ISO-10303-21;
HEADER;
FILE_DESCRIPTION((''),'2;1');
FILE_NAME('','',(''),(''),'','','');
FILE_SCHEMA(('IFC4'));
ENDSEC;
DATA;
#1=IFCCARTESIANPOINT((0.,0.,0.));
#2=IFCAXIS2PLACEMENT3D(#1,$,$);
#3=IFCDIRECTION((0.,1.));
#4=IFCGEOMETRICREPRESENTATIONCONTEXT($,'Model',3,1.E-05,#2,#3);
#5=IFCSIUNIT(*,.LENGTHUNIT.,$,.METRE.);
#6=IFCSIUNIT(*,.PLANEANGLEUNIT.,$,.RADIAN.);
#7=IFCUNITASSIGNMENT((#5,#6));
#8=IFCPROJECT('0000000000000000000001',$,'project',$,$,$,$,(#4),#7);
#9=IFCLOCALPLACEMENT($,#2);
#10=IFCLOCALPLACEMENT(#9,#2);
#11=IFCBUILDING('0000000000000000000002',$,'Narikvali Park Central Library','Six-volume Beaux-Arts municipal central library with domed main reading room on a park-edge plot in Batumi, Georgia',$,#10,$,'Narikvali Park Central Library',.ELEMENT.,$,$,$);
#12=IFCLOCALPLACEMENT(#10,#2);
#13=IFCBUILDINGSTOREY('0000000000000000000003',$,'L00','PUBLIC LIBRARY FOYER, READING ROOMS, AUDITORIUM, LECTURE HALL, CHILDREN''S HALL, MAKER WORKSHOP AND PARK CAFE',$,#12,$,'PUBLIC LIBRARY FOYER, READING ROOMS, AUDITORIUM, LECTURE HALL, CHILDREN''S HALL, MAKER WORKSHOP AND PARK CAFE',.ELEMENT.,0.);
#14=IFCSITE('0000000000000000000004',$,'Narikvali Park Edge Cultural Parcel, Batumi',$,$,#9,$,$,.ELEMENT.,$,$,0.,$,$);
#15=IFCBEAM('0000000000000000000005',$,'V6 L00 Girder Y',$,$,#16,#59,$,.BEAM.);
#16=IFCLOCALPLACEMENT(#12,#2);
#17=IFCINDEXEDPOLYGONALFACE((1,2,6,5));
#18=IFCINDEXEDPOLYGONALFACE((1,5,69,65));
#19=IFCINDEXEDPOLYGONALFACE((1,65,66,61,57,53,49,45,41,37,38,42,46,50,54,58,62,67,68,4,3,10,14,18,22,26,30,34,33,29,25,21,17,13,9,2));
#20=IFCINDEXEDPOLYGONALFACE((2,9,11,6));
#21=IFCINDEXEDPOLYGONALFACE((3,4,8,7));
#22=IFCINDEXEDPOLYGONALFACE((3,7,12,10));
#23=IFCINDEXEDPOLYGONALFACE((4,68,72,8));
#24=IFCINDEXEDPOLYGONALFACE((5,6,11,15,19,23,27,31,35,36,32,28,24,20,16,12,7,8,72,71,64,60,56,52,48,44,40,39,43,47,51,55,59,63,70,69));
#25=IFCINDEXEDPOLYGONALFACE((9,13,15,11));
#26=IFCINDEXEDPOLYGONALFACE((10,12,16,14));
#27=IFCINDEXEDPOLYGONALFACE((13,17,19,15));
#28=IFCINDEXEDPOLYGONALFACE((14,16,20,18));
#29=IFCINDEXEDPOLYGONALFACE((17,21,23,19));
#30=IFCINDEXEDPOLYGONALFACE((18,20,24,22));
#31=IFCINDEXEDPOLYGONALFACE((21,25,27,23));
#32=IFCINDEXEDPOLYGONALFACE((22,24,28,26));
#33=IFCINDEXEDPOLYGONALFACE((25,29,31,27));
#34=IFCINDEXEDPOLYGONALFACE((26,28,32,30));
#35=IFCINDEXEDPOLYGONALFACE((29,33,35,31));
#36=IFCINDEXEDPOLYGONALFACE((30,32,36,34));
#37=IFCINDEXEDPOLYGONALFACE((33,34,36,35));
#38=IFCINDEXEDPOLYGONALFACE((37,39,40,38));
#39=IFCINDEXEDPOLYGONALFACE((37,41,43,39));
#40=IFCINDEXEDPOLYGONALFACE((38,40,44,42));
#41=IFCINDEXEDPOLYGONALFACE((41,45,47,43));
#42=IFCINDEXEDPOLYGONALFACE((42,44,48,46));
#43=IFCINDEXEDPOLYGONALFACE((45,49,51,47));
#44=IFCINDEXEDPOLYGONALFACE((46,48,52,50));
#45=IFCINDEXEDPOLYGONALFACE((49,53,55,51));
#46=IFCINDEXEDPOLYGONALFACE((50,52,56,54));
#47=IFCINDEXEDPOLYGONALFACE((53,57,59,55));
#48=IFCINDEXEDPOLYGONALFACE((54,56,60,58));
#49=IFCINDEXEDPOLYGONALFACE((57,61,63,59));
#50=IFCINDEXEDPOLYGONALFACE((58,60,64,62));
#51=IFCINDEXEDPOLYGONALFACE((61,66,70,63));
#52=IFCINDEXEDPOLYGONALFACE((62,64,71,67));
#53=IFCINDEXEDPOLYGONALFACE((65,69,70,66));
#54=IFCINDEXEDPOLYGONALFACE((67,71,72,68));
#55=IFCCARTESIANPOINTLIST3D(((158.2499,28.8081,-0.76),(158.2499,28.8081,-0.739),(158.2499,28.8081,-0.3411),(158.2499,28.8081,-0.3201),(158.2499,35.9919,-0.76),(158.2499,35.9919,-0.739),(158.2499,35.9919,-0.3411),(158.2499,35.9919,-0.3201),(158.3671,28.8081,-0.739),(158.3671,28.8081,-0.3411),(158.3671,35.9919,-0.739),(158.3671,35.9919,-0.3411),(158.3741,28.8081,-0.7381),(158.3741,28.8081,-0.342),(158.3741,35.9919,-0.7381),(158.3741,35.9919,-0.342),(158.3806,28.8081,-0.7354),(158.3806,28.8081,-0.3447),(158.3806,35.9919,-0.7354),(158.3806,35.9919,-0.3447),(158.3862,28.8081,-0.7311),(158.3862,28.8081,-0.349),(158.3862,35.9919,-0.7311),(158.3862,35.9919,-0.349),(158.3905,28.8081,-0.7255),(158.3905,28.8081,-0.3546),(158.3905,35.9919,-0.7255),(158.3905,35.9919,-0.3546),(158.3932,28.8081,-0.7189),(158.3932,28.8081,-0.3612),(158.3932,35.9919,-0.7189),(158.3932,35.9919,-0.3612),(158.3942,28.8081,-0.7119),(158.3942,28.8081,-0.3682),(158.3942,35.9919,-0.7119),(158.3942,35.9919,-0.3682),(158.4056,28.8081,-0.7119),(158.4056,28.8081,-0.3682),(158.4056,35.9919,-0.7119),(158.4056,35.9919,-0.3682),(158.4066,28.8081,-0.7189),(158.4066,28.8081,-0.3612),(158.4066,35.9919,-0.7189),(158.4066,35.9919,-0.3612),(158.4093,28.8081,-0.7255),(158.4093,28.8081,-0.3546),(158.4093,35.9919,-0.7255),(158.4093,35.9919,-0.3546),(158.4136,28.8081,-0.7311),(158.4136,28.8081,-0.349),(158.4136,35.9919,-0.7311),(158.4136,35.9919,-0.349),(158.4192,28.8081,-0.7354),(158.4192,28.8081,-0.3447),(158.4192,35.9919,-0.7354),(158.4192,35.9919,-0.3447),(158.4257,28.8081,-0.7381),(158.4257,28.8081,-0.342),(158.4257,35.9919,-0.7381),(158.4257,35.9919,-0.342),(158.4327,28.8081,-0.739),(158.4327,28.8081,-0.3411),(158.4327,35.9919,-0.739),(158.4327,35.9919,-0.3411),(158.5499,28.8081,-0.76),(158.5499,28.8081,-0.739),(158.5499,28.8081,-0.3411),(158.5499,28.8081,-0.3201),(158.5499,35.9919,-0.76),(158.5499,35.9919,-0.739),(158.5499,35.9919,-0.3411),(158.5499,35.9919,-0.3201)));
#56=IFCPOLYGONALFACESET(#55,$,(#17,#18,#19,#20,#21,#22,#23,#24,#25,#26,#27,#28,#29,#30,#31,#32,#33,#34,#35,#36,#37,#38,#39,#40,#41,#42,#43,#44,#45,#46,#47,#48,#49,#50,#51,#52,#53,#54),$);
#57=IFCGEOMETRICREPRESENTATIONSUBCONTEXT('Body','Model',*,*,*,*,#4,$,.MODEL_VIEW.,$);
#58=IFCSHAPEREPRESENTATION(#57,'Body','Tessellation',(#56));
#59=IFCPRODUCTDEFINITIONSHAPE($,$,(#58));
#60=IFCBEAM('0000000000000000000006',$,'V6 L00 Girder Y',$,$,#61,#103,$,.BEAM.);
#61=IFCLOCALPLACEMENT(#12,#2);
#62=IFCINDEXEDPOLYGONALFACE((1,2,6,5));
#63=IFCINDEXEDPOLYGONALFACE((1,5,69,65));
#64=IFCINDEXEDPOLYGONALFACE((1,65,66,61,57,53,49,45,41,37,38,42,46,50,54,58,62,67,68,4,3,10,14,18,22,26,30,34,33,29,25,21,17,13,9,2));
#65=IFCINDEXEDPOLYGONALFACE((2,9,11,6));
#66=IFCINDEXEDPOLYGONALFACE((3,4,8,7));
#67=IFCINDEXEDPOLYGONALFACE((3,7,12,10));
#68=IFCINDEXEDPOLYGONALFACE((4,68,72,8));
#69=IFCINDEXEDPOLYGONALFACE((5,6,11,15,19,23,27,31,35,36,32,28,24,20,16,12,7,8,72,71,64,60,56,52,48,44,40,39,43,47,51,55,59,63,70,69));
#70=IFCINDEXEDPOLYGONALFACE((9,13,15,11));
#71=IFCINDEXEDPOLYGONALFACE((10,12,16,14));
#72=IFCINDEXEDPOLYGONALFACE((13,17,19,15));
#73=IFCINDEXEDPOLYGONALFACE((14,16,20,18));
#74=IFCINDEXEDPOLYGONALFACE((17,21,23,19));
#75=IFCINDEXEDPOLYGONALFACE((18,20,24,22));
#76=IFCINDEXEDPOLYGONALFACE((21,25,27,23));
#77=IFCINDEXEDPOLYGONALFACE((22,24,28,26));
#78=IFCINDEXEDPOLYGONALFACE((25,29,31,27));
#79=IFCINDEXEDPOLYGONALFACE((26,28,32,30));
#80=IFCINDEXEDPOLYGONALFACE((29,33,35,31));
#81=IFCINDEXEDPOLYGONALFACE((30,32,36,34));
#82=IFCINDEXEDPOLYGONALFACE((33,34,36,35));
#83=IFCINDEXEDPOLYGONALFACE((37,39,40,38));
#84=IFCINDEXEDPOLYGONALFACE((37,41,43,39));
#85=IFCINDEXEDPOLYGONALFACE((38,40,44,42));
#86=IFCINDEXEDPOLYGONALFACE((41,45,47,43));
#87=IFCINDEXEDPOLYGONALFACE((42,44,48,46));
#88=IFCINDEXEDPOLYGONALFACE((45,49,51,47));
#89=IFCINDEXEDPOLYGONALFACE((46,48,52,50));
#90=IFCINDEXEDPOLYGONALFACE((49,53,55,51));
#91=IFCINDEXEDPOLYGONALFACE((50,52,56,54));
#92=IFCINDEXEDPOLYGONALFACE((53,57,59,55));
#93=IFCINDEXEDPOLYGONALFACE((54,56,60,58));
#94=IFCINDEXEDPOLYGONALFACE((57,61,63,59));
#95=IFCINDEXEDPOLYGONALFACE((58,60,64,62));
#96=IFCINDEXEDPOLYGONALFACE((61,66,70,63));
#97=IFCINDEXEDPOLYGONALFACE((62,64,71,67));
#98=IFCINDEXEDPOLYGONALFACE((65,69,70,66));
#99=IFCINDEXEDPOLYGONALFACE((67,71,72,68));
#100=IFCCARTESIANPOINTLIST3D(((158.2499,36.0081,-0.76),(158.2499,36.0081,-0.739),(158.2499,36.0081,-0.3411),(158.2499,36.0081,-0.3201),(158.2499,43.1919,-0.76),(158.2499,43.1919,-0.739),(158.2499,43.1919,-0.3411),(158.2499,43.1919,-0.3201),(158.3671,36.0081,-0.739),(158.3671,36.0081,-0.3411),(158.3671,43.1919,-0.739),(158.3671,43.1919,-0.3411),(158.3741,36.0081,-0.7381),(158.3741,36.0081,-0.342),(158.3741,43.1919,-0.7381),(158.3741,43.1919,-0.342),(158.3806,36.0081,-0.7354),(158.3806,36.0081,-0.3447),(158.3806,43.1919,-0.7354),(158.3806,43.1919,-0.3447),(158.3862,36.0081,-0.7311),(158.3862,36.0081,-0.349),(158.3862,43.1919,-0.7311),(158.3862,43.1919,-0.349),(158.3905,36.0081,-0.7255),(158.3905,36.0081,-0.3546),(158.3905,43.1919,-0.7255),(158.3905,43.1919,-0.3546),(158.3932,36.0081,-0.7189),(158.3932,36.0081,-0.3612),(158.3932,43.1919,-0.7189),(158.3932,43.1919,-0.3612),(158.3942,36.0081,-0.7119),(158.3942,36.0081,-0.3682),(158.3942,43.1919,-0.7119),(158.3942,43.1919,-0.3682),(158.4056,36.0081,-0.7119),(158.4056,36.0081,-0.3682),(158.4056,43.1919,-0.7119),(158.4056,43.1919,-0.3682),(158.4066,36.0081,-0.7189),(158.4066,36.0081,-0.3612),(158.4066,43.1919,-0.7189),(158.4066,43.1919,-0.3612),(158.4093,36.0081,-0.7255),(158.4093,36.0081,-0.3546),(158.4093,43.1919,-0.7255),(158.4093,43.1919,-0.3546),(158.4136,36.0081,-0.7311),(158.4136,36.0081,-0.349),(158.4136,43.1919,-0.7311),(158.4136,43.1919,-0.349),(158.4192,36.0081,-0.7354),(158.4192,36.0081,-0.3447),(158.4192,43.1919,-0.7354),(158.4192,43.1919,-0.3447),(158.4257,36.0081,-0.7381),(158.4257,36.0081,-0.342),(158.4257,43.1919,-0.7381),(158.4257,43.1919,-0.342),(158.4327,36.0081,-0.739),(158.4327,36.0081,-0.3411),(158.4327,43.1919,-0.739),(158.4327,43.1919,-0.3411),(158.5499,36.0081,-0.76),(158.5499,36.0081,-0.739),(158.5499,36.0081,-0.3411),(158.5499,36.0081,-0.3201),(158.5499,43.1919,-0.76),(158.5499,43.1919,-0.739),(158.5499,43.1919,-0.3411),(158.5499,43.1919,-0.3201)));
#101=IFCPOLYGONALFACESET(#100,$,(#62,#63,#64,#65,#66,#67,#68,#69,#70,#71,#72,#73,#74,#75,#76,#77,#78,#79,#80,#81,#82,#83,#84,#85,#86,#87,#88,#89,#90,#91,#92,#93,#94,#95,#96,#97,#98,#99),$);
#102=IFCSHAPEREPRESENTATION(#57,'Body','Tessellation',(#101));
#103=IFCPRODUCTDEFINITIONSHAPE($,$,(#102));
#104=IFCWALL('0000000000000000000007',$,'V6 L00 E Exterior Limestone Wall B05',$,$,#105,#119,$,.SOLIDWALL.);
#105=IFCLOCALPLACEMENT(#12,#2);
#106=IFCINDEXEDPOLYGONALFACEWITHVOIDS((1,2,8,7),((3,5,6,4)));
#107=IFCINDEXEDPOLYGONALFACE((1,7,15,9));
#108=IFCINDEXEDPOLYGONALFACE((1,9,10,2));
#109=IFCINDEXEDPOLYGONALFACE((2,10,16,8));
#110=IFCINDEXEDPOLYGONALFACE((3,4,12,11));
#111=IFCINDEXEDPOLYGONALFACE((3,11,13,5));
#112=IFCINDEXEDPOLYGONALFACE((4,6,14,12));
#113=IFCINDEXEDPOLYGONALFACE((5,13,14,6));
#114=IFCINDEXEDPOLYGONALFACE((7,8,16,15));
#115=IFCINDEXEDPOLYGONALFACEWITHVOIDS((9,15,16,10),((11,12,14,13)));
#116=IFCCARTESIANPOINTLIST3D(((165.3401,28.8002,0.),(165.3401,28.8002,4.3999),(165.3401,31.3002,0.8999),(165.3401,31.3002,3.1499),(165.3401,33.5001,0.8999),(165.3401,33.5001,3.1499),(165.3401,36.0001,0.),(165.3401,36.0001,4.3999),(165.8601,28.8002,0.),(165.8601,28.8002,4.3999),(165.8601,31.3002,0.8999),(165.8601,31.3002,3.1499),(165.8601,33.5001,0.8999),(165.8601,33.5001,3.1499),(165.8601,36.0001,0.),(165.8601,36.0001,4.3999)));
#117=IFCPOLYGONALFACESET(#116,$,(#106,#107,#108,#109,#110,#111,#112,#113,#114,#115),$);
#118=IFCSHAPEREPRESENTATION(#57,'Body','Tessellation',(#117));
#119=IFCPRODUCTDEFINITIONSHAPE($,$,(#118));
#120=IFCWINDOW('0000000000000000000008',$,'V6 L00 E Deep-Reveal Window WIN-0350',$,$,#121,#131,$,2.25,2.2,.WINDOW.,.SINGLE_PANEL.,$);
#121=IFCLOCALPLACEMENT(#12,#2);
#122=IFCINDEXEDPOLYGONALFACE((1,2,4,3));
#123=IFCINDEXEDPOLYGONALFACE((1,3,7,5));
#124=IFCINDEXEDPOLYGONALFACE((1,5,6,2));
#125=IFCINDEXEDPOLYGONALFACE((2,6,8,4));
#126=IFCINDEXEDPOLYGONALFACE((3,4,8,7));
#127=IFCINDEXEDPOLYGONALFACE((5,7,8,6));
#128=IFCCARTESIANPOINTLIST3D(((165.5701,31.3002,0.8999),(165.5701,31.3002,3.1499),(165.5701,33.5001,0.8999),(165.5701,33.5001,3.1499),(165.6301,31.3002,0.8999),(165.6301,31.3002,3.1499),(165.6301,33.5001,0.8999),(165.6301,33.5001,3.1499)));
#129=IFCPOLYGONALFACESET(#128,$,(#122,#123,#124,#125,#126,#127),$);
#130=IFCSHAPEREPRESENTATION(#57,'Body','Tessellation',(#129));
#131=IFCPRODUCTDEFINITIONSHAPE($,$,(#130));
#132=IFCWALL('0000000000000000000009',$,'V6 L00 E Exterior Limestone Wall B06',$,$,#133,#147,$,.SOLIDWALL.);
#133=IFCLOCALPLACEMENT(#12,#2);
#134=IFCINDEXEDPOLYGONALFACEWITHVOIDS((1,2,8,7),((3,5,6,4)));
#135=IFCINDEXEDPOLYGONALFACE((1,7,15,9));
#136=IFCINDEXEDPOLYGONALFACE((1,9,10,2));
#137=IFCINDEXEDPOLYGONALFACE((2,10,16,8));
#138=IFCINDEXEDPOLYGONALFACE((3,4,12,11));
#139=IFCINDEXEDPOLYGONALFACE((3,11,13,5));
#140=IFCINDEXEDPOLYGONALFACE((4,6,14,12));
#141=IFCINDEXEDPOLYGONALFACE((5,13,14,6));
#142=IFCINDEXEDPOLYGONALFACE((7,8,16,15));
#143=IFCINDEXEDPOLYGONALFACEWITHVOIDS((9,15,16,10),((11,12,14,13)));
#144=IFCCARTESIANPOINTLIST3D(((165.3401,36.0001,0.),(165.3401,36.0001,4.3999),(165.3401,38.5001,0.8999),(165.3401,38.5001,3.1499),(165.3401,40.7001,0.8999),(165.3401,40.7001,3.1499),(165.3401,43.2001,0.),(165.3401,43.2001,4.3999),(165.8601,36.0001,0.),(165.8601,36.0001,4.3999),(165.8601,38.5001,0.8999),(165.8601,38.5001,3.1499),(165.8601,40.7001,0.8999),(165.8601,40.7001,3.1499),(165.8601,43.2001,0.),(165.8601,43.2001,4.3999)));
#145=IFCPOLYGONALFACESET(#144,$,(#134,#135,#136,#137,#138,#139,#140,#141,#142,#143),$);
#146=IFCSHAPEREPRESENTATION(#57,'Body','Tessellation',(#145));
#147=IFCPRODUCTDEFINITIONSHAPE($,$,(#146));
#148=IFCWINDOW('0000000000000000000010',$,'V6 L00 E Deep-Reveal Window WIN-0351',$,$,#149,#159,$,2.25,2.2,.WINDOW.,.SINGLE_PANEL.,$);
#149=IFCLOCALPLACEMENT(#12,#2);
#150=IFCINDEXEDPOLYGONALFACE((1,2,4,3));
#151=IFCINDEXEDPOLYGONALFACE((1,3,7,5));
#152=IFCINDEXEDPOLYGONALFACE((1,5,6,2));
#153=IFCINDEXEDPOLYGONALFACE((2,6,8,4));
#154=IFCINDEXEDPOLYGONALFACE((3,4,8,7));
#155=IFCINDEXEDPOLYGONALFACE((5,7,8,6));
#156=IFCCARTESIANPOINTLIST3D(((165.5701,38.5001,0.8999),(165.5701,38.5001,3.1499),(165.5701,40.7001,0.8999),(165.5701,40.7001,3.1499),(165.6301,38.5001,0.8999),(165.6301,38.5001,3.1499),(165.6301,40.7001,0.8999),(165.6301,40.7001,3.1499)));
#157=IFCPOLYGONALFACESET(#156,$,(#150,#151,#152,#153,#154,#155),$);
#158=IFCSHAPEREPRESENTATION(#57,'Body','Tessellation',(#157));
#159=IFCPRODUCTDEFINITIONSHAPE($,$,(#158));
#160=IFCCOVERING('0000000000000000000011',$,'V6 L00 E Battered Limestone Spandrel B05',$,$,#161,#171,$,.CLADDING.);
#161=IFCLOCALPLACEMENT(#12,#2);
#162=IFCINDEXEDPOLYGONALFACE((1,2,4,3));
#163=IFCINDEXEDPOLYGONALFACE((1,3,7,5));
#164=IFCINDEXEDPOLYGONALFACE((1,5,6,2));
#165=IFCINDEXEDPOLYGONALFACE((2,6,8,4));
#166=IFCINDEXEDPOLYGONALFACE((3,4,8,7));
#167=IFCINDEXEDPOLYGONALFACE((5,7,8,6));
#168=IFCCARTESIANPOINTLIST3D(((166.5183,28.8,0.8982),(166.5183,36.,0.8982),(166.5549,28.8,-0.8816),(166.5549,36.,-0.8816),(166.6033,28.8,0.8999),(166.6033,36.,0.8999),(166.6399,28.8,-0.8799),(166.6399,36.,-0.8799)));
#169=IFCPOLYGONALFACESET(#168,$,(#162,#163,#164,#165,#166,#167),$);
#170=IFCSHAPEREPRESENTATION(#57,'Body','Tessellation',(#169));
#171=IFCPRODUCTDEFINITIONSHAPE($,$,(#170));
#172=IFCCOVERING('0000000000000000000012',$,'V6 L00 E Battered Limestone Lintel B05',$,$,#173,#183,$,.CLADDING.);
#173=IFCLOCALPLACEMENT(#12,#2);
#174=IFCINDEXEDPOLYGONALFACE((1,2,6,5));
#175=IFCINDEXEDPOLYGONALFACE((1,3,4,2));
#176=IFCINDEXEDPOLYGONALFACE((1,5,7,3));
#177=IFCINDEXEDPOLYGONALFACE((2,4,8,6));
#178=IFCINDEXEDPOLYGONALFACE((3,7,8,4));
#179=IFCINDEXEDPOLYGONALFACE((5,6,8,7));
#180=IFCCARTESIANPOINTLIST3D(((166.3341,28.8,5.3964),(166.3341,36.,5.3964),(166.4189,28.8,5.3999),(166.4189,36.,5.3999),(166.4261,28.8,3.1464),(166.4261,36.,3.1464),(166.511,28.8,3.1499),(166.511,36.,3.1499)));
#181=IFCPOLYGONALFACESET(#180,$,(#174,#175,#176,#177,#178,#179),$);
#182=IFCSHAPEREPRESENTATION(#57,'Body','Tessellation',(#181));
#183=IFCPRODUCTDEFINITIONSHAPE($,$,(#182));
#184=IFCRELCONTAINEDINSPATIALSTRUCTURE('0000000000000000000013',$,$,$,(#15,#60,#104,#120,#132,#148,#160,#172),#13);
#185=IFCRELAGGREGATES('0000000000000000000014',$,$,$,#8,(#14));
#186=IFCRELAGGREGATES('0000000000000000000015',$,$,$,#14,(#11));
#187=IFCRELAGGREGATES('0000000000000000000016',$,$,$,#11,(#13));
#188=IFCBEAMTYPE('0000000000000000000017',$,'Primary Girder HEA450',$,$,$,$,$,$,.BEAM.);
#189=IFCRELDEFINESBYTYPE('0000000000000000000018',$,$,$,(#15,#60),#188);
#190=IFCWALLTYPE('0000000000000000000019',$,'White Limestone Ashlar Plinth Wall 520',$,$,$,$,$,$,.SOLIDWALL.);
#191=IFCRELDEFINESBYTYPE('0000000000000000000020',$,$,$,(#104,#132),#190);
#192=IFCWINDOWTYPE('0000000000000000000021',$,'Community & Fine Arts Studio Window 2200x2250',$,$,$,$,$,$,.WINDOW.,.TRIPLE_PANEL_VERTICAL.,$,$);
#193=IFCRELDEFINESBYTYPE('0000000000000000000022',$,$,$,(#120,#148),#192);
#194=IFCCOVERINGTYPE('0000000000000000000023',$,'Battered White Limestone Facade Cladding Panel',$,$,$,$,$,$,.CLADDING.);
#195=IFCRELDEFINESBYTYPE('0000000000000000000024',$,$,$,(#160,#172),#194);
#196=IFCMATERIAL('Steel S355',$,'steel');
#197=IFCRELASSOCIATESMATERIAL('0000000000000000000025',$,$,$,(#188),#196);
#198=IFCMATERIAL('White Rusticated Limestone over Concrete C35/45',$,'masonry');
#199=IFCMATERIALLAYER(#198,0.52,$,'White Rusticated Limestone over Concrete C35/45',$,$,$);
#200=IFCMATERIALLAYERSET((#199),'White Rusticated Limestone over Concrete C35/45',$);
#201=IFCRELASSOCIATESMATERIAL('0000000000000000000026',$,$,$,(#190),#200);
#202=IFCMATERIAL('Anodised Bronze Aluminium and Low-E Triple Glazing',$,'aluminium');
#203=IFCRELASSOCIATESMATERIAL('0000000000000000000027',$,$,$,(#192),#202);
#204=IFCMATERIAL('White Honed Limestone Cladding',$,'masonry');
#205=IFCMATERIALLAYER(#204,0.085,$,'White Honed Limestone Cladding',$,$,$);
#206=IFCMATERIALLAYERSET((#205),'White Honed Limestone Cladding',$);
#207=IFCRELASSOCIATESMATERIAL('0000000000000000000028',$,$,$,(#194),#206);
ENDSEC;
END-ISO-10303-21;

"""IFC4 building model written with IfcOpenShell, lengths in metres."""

from ifc_helpers import new_model, si_unit, direction, frame, frame_2d, origin, origin_2d, place, context, subcontext, project, spatial, polyline, rectangle, i_section, outline, extrude, material, layer, layer_set, material_profile, profile_set, type_object, element, fill, save


model = new_model("IFC4")

# Units and contexts
model_context = context("Model", 3, precision=1e-05, world=origin(), true_north=direction((0.0, 1.0)))
body_context = subcontext(model_context, "Body", "Model", "MODEL_VIEW")
ifc_project = project(units=[si_unit("LENGTHUNIT", "METRE"), si_unit("PLANEANGLEUNIT", "RADIAN")], contexts=[model_context])

# Site, building, storey
site_placement = place(None, origin())
site = spatial("IfcSite", under=ifc_project, at=site_placement, Name="Narikvali Park Edge Cultural Parcel, Batumi", CompositionType="ELEMENT", RefElevation=0.0)
building_placement = place(site_placement, origin())
building = spatial("IfcBuilding", under=site, at=building_placement, Name="Narikvali Park Central Library", Description="Six-volume Beaux-Arts municipal central library with domed main reading room on a park-edge plot in Batumi, Georgia", LongName="Narikvali Park Central Library", CompositionType="ELEMENT")
storey_placement = place(building_placement, origin())
storey = spatial("IfcBuildingStorey", under=building, at=storey_placement, Name="L00", Description="PUBLIC LIBRARY FOYER, READING ROOMS, AUDITORIUM, LECTURE HALL, CHILDREN'S HALL, MAKER WORKSHOP AND PARK CAFE", LongName="PUBLIC LIBRARY FOYER, READING ROOMS, AUDITORIUM, LECTURE HALL, CHILDREN'S HALL, MAKER WORKSHOP AND PARK CAFE", CompositionType="ELEMENT", Elevation=0.0)

# Shared definitions
ifc_material_1 = material(Name="Steel S355", Category="steel")

# Beams
ifc_material_profile_1 = material_profile(ifc_material_1, i_section(OverallWidth=0.3, OverallDepth=0.4399, WebThickness=0.0115, FlangeThickness=0.021, FilletRadius=0.0271, at=origin_2d()), Name="HEA 450")
ifc_profile_set_1 = profile_set([ifc_material_profile_1], Name="Steel S355")
beam_type_1 = type_object("IfcBeamType", Name="Primary Girder HEA450", PredefinedType="BEAM", material=ifc_profile_set_1)
for number, where, z_axis, x_axis, name in (
    (1, (158.3999, 28.8081, -0.54), (0.0, 1.0, 0.0), (-1.0, 0.0, 0.0), "V6 L00 Girder Y"),
    (2, (158.3999, 36.0081, -0.54), (0.0, 1.0, 0.0), (-1.0, 0.0, 0.0), "V6 L00 Girder Y"),
):
    element("IfcBeam", number, at=place(storey_placement, frame(where, z_axis=z_axis, x_axis=x_axis)), inside=storey, type_object=beam_type_1, Name=name, PredefinedType="BEAM", context=body_context, shape_type="SweptSolid", body=[
        extrude(i_section(OverallWidth=0.3, OverallDepth=0.4399, WebThickness=0.0115, FlangeThickness=0.021, FilletRadius=0.0271, at=origin_2d()), origin(), (0.0, 0.0, 1.0), 7.1838),
    ])

# Walls, openings, windows
ifc_material_2 = material(Name="White Rusticated Limestone over Concrete C35/45", Category="masonry")
ifc_layer_1 = layer(ifc_material_2, 0.52, Name="White Rusticated Limestone over Concrete C35/45")
ifc_layer_set_1 = layer_set([ifc_layer_1], Name="White Rusticated Limestone over Concrete C35/45")
wall_type = type_object("IfcWallType", Name="White Limestone Ashlar Plinth Wall 520", PredefinedType="SOLIDWALL", material=ifc_layer_set_1)
wall_1_placement = place(storey_placement, frame((165.6001, 28.8, 0.0), z_axis=(0.0, 0.0, 1.0), x_axis=(0.0, 1.0, 0.0)))
wall_1 = element("IfcWall", 3, at=wall_1_placement, inside=storey, type_object=wall_type, Name="V6 L00 E Exterior Limestone Wall B05", PredefinedType="SOLIDWALL", context=body_context, shape_type="SweptSolid", body=[
    extrude(rectangle(XDim=7.2, YDim=0.52, at=frame_2d((3.6001, 0.0))), origin(), (0.0, 0.0, 1.0), 4.3999),
])
opening_1_placement = place(wall_1_placement, frame((2.5, 0.0, 0.8999)))
opening_1 = element("IfcOpeningElement", 4, at=opening_1_placement, cuts=wall_1, PredefinedType="OPENING", context=body_context, shape_type="SweptSolid", body=[
    extrude(rectangle(XDim=2.2, YDim=2.25, at=frame_2d((1.1001, 1.125))), frame((0.0, 0.272, 0.0), z_axis=(0.0, -1.0, 0.0), x_axis=(1.0, 0.0, 0.0)), (0.0, 0.0, 1.0), 0.5439),
])
ifc_material_3 = material(Name="Anodised Bronze Aluminium and Low-E Triple Glazing", Category="aluminium")
window_type = type_object("IfcWindowType", Name="Community & Fine Arts Studio Window 2200x2250", PartitioningType="TRIPLE_PANEL_VERTICAL", PredefinedType="WINDOW", material=ifc_material_3)
window_1_placement = place(opening_1_placement, origin())
window_1 = element("IfcWindow", 5, at=window_1_placement, inside=storey, type_object=window_type, Name="V6 L00 E Deep-Reveal Window WIN-0350", OverallHeight=2.25, OverallWidth=2.2, PartitioningType="SINGLE_PANEL", PredefinedType="WINDOW", context=body_context, shape_type="SweptSolid", body=[
    extrude(rectangle(XDim=2.2, YDim=2.25, at=frame_2d((1.1001, 1.125))), frame((0.0, 0.03, 0.0), z_axis=(0.0, -1.0, 0.0), x_axis=(1.0, 0.0, 0.0)), (0.0, 0.0, 1.0), 0.0601),
])
fill(opening_1, window_1)
wall_2_placement = place(storey_placement, frame((165.6001, 36.0, 0.0), z_axis=(0.0, 0.0, 1.0), x_axis=(0.0, 1.0, 0.0)))
wall_2 = element("IfcWall", 6, at=wall_2_placement, inside=storey, type_object=wall_type, Name="V6 L00 E Exterior Limestone Wall B06", PredefinedType="SOLIDWALL", context=body_context, shape_type="SweptSolid", body=[
    extrude(rectangle(XDim=7.2, YDim=0.52, at=frame_2d((3.6001, 0.0))), origin(), (0.0, 0.0, 1.0), 4.3999),
])
opening_2_placement = place(wall_2_placement, frame((2.5, 0.0, 0.8999)))
opening_2 = element("IfcOpeningElement", 7, at=opening_2_placement, cuts=wall_2, PredefinedType="OPENING", context=body_context, shape_type="SweptSolid", body=[
    extrude(rectangle(XDim=2.2, YDim=2.25, at=frame_2d((1.1001, 1.125))), frame((0.0, 0.272, 0.0), z_axis=(0.0, -1.0, 0.0), x_axis=(1.0, 0.0, 0.0)), (0.0, 0.0, 1.0), 0.5439),
])
window_2_placement = place(opening_2_placement, origin())
window_2 = element("IfcWindow", 8, at=window_2_placement, inside=storey, type_object=window_type, Name="V6 L00 E Deep-Reveal Window WIN-0351", OverallHeight=2.25, OverallWidth=2.2, PartitioningType="SINGLE_PANEL", PredefinedType="WINDOW", context=body_context, shape_type="SweptSolid", body=[
    extrude(rectangle(XDim=2.2, YDim=2.25, at=frame_2d((1.1001, 1.125))), frame((0.0, 0.03, 0.0), z_axis=(0.0, -1.0, 0.0), x_axis=(1.0, 0.0, 0.0)), (0.0, 0.0, 1.0), 0.0601),
])
fill(opening_2, window_2)

# Coverings
ifc_material_4 = material(Name="White Honed Limestone Cladding", Category="masonry")
ifc_layer_2 = layer(ifc_material_4, 0.085, Name="White Honed Limestone Cladding")
ifc_layer_set_2 = layer_set([ifc_layer_2], Name="White Honed Limestone Cladding")
covering_type = type_object("IfcCoveringType", Name="Battered White Limestone Facade Cladding Panel", PredefinedType="CLADDING", material=ifc_layer_set_2)
covering_1_placement = place(storey_placement, frame((166.6399, 28.8, -0.8799), z_axis=(0.999788, 0.0, 0.020572), x_axis=(0.0, 1.0, 0.0)))
element("IfcCovering", 9, at=covering_1_placement, inside=storey, type_object=covering_type, Name="V6 L00 E Battered Limestone Spandrel B05", PredefinedType="CLADDING", context=body_context, shape_type="SweptSolid", body=[
    extrude(outline(polyline([(0.0, 0.0), (7.2, 0.0), (7.2, 1.7802), (0.0, 1.7802), (0.0, 0.0)])), origin(), (0.0, 0.0, -1.0), 0.085),
])
covering_2_placement = place(storey_placement, frame((166.511, 28.8, 3.1499), z_axis=(0.999164, 0.0, 0.040873), x_axis=(0.0, 1.0, 0.0)))
element("IfcCovering", 10, at=covering_2_placement, inside=storey, type_object=covering_type, Name="V6 L00 E Battered Limestone Lintel B05", PredefinedType="CLADDING", context=body_context, shape_type="SweptSolid", body=[
    extrude(outline(polyline([(0.0, 0.0), (7.2, 0.0), (7.2, 2.2519), (0.0, 2.2519), (0.0, 0.0)])), origin(), (0.0, 0.0, -1.0), 0.085),
])

save(model, "model.ifc")
